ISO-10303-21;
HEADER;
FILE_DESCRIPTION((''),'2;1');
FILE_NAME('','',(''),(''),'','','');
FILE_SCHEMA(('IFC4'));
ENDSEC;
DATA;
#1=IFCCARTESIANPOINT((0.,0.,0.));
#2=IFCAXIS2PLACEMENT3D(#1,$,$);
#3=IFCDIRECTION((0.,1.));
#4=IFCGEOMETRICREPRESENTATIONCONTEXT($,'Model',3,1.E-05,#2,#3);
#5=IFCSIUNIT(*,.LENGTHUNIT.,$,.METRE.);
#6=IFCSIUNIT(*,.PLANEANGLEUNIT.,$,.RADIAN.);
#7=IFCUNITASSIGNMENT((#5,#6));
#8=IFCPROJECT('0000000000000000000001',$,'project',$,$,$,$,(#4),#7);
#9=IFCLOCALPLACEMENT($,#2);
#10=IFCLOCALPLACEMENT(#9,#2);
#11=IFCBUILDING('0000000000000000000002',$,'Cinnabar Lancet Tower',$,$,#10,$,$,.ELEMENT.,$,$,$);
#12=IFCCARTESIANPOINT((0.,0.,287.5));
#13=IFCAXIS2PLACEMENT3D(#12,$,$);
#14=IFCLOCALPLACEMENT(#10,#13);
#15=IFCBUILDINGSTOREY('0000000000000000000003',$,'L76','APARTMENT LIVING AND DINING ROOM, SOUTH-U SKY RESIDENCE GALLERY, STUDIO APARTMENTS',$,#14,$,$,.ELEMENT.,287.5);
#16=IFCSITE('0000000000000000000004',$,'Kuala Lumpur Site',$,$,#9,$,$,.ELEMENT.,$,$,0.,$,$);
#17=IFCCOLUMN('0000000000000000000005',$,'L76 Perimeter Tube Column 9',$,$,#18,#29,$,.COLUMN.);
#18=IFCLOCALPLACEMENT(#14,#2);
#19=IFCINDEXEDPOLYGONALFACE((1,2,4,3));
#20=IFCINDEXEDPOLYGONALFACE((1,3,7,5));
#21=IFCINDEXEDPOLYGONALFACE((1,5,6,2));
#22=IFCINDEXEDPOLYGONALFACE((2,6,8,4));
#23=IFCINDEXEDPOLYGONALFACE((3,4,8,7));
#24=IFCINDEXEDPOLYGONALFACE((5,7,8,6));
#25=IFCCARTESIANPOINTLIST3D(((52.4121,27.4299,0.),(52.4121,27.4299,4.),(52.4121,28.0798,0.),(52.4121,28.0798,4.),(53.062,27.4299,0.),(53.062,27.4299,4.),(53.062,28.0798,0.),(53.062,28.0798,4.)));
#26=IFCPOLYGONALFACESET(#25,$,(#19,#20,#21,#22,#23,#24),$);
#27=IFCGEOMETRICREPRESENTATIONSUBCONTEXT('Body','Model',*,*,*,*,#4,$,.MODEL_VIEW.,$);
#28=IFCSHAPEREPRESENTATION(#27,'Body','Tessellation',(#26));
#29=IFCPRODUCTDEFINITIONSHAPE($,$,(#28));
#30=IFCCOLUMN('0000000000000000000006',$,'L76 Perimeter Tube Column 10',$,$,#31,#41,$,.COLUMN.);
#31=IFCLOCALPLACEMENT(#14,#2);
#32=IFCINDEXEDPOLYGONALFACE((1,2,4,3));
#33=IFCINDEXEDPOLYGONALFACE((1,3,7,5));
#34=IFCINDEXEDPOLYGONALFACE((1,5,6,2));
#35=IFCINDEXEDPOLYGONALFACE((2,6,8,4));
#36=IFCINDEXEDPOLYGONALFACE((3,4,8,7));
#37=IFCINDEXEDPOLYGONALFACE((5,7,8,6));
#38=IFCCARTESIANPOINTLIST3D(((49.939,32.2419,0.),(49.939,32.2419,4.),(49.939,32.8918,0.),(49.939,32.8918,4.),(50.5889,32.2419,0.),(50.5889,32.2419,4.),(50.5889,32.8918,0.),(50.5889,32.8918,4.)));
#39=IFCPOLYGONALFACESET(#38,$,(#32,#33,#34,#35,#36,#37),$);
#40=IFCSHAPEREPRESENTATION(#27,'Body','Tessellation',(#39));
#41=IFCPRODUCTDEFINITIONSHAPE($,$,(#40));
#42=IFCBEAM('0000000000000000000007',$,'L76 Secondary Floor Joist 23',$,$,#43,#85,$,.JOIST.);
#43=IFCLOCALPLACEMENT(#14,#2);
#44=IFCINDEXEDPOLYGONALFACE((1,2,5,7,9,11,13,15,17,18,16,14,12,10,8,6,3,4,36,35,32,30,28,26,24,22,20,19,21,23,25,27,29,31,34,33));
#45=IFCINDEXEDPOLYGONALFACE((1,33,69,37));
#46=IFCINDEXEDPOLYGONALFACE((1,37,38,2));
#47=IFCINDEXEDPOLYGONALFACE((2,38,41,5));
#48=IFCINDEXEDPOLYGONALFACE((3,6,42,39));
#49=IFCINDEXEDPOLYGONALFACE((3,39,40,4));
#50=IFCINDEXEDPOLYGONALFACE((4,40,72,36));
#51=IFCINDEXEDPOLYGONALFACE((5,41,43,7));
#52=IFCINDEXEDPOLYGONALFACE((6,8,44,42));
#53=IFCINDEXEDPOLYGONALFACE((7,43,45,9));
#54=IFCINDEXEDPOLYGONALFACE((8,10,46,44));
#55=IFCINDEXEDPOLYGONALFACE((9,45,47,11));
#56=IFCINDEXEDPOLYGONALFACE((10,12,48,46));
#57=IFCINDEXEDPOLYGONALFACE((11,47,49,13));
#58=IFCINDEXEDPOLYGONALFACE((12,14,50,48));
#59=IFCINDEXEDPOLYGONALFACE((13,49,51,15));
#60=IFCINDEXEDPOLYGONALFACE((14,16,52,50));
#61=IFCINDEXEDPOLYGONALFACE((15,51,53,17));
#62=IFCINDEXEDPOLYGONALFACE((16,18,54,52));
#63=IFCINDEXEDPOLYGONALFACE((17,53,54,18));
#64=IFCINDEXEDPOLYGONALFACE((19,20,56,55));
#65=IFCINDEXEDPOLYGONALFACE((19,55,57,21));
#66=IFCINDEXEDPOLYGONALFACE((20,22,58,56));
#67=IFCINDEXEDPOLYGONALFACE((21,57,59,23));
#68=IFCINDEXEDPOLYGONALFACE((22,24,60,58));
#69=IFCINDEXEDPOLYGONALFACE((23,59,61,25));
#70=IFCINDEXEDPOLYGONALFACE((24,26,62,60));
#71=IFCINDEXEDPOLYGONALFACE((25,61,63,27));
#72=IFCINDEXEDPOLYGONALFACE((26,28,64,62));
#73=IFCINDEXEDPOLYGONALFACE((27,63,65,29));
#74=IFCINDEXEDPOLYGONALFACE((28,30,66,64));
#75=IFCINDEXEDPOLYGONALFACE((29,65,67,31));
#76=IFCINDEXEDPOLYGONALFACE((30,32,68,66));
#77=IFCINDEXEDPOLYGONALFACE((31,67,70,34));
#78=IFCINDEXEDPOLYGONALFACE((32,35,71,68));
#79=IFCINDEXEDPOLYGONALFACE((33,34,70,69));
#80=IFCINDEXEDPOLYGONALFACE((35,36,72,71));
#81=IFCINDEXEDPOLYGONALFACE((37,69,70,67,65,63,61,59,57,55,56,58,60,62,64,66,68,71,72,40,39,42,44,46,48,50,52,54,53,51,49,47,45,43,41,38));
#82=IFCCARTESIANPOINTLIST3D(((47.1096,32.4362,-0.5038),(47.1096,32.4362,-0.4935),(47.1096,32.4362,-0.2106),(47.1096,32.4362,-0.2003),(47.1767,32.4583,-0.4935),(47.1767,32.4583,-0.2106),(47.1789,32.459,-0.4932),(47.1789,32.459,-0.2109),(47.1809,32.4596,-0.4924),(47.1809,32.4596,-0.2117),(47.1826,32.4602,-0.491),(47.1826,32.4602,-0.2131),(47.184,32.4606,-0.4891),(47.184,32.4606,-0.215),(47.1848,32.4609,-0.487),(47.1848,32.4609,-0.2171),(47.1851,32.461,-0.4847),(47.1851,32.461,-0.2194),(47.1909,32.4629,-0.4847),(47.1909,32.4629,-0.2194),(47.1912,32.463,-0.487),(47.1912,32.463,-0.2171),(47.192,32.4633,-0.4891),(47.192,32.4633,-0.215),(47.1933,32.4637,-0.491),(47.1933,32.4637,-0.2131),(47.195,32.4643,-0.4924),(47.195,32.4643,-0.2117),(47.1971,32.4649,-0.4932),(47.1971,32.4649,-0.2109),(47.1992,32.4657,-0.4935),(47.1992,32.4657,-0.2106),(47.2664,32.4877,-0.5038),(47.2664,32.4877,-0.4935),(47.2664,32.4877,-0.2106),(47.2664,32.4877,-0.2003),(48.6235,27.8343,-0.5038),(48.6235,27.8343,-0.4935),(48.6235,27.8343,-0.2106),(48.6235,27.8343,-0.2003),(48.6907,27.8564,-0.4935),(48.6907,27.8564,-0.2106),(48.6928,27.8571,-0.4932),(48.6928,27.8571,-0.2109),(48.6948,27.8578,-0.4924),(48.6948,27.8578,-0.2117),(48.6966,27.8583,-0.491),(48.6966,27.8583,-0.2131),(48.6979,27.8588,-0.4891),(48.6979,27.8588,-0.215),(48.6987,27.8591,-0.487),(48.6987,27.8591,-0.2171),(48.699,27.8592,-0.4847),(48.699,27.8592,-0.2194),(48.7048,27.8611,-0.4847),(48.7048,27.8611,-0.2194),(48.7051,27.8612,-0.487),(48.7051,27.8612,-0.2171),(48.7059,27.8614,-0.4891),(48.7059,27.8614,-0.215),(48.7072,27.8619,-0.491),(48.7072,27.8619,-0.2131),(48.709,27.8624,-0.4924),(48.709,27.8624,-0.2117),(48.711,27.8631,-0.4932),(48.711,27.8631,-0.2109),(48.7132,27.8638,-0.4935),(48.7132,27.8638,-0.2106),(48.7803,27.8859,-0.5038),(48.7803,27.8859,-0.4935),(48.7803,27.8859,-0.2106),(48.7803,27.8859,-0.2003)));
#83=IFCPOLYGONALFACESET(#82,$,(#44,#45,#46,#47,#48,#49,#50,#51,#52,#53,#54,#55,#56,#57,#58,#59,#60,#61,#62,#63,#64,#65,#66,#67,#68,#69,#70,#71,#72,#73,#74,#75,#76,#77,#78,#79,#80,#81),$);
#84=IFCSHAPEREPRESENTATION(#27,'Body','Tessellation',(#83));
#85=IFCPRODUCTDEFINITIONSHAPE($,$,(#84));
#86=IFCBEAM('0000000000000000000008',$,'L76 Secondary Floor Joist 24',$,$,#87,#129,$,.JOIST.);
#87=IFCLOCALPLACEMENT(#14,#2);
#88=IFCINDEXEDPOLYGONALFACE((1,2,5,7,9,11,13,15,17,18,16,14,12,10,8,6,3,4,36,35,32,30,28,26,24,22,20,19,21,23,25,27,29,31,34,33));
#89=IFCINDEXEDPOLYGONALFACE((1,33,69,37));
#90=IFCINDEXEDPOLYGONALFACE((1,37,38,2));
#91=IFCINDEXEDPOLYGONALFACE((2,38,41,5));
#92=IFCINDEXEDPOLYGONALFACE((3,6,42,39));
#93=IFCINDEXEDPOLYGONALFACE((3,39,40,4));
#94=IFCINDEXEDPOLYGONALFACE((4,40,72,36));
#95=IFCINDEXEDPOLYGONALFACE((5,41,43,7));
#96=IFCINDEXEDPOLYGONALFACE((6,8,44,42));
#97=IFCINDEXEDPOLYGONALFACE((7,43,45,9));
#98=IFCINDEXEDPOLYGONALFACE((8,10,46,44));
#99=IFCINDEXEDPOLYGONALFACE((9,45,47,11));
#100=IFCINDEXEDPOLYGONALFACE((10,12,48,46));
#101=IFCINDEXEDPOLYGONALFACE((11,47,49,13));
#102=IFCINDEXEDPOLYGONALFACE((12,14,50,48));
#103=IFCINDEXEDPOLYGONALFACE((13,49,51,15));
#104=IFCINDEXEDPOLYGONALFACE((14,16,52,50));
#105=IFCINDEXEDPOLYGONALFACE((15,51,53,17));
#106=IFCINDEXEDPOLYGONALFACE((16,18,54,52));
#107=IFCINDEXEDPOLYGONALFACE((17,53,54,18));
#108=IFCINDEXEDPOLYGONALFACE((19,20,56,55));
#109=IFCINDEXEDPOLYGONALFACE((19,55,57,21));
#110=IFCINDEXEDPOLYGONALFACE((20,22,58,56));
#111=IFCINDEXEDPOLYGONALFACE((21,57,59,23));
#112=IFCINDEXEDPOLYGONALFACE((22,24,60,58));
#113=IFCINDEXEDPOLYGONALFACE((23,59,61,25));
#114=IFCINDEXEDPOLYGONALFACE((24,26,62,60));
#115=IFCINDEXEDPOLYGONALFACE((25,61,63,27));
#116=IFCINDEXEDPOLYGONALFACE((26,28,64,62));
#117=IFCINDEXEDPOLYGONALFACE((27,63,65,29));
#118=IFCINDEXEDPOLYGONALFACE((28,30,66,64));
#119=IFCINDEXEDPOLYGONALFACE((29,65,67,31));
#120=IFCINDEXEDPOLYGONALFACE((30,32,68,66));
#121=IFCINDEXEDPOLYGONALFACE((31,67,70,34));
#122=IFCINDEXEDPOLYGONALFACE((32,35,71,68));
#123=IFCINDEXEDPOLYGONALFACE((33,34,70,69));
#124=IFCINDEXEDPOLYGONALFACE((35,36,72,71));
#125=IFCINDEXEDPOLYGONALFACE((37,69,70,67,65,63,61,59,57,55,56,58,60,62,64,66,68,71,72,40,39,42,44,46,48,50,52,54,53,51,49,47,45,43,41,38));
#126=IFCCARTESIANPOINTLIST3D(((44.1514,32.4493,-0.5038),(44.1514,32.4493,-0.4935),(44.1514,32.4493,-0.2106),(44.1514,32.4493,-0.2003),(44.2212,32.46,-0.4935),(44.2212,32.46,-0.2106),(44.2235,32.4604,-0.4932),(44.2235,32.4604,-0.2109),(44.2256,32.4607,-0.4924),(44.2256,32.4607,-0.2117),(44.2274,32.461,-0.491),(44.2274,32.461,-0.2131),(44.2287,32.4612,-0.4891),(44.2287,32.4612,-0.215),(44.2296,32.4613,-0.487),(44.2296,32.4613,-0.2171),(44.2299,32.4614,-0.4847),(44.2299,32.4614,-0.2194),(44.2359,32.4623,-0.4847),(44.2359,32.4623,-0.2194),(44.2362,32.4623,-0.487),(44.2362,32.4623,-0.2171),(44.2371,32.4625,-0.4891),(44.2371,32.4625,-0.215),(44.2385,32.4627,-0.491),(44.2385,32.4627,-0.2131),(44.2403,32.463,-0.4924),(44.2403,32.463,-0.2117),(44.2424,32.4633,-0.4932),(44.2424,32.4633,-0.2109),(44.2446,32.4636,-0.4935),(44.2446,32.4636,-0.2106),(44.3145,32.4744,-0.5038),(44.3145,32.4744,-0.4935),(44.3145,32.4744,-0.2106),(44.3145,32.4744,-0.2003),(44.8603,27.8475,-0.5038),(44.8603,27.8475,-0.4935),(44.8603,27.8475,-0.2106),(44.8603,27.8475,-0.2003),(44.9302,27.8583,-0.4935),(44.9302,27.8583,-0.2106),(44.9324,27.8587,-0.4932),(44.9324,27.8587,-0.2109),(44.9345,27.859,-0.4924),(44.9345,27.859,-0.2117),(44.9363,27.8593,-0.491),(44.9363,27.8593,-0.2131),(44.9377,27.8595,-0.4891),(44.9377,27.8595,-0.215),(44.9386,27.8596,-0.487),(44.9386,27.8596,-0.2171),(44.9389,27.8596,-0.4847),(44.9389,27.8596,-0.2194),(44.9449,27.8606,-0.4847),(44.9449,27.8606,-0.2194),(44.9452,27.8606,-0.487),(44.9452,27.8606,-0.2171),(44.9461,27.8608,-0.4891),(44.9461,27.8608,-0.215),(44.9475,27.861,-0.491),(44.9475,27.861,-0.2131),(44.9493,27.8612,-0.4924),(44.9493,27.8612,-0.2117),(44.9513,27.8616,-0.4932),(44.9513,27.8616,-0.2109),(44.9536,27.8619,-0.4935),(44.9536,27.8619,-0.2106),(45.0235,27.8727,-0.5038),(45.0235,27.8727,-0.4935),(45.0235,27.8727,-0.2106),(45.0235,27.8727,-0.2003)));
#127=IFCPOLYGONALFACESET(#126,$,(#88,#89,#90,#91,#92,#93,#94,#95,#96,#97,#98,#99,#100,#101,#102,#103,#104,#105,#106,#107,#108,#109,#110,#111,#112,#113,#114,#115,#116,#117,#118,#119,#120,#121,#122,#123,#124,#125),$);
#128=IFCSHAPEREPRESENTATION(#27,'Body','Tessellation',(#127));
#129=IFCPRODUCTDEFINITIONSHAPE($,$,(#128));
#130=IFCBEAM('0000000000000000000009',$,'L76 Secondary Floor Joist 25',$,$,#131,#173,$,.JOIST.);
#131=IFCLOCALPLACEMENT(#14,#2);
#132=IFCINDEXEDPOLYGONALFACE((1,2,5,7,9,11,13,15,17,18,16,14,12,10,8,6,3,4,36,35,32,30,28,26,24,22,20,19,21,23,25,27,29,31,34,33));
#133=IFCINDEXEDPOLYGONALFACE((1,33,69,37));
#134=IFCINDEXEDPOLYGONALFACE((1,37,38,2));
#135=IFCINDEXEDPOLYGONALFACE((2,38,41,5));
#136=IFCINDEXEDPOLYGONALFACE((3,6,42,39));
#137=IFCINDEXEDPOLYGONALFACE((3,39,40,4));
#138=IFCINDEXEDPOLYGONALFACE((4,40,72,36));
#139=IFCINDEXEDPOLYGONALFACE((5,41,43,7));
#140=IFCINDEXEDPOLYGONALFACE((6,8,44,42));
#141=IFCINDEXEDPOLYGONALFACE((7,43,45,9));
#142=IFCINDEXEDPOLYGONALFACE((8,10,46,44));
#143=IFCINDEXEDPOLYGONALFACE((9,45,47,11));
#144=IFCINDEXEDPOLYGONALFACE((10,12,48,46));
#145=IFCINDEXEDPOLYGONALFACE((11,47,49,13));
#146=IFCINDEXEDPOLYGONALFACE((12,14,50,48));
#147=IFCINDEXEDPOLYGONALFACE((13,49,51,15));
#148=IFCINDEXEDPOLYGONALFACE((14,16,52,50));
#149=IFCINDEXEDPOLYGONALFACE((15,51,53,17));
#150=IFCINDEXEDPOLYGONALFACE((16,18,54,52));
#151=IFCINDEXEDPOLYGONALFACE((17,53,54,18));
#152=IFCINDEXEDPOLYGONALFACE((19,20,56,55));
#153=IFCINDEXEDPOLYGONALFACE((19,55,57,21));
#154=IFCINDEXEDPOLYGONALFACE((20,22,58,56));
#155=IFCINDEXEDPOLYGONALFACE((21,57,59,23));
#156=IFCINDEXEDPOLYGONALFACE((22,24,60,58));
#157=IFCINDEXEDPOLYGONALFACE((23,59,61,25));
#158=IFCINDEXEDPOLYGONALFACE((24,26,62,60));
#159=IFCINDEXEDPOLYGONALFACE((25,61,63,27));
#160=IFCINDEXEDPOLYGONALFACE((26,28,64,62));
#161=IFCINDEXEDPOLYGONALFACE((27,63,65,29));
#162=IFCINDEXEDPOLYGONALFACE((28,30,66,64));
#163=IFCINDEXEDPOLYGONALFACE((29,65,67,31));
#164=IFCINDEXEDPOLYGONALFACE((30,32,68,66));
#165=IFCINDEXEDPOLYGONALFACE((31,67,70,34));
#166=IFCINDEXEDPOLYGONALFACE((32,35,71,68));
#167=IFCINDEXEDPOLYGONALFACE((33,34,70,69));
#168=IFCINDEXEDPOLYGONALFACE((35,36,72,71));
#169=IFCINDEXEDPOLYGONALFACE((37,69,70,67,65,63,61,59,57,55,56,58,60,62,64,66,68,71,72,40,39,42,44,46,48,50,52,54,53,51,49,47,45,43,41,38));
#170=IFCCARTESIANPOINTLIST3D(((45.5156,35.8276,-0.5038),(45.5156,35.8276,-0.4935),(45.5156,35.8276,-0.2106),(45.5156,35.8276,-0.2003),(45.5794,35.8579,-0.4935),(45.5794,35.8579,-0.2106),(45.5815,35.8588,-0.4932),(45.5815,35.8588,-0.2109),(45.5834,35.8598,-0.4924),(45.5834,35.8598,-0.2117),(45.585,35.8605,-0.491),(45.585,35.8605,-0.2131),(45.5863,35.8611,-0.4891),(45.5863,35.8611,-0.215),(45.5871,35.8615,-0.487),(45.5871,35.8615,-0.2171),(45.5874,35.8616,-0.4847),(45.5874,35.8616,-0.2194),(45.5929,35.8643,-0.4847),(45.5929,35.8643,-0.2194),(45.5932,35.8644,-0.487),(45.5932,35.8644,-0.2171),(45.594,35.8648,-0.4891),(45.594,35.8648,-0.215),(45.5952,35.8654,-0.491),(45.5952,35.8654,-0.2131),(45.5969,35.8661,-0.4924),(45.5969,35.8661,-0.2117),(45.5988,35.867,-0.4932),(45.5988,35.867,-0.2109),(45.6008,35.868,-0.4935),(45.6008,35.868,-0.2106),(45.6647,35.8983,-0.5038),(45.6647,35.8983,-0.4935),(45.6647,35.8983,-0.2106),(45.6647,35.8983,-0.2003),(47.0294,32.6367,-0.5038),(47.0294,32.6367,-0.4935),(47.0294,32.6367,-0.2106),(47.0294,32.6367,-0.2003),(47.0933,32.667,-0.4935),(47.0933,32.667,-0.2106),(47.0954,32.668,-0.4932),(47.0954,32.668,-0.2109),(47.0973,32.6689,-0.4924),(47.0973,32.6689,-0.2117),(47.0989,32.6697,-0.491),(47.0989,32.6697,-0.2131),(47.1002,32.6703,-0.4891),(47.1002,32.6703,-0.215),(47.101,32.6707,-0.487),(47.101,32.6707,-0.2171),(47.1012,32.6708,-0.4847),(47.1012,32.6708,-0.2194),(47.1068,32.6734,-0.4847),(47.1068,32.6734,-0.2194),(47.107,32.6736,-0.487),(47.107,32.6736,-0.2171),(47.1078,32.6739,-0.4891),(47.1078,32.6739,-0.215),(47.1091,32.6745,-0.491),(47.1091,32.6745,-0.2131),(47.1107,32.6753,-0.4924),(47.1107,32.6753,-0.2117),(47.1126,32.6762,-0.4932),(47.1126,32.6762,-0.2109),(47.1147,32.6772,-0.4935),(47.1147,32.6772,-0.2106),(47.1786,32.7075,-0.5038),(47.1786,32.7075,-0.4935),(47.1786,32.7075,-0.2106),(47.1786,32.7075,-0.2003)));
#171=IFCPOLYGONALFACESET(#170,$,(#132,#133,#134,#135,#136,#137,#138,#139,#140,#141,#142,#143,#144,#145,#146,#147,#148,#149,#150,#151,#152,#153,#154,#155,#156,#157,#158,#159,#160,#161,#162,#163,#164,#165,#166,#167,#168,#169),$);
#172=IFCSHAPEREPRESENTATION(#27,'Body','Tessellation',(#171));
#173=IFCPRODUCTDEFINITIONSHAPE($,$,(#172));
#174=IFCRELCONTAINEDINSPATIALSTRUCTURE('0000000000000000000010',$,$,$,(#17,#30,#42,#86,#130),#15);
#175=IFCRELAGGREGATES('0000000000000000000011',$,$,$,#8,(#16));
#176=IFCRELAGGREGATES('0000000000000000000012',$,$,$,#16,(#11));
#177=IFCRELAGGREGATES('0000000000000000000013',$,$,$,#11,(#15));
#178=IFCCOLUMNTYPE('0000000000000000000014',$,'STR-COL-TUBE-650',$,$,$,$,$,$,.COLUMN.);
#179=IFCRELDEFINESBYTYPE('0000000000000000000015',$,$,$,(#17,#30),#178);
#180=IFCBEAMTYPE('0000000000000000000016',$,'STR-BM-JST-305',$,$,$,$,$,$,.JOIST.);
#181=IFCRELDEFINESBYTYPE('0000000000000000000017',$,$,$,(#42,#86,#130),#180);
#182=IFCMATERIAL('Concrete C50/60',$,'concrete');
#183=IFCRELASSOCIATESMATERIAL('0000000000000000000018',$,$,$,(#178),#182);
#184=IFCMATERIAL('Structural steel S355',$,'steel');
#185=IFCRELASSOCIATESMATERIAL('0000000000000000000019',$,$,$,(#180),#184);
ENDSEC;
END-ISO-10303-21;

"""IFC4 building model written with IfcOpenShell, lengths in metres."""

from ifc_helpers import new_model, si_unit, direction, frame, origin, origin_2d, place, context, subcontext, project, spatial, rectangle, i_section, extrude, material, material_profile, profile_set, type_object, element, save


model = new_model("IFC4")

# Units and contexts
model_context = context("Model", 3, precision=1e-05, world=origin(), true_north=direction((0.0, 1.0)))
body_context = subcontext(model_context, "Body", "Model", "MODEL_VIEW")
ifc_project = project(units=[si_unit("LENGTHUNIT", "METRE"), si_unit("PLANEANGLEUNIT", "RADIAN")], contexts=[model_context])

# Site, building, storey
site_placement = place(None, origin())
site = spatial("IfcSite", under=ifc_project, at=site_placement, Name="Kuala Lumpur Site", CompositionType="ELEMENT", RefElevation=0.0)
building_placement = place(site_placement, origin())
building = spatial("IfcBuilding", under=site, at=building_placement, Name="Cinnabar Lancet Tower", CompositionType="ELEMENT")
storey_placement = place(building_placement, frame((0.0, 0.0, 287.5)))
storey = spatial("IfcBuildingStorey", under=building, at=storey_placement, Name="L76", Description="APARTMENT LIVING AND DINING ROOM, SOUTH-U SKY RESIDENCE GALLERY, STUDIO APARTMENTS", CompositionType="ELEMENT", Elevation=287.5)

# Columns
ifc_material_1 = material(Name="Concrete C50/60", Category="concrete")
ifc_material_profile_1 = material_profile(ifc_material_1, rectangle(XDim=0.6499, YDim=0.6499, at=origin_2d()), Name="RC-COL 650x650")
ifc_profile_set_1 = profile_set([ifc_material_profile_1], Name="Concrete C50/60")
column_type = type_object("IfcColumnType", Name="STR-COL-TUBE-650", PredefinedType="COLUMN", material=ifc_profile_set_1)
for number, where, z_axis, x_axis, name in (
    (1, (52.7371, 27.7549, 0.0), (0.0, 0.0, 1.0), (1.0, 0.0, 0.0), "L76 Perimeter Tube Column 9"),
    (2, (50.2639, 32.5669, 0.0), (0.0, 0.0, 1.0), (1.0, 0.0, 0.0), "L76 Perimeter Tube Column 10"),
):
    element("IfcColumn", number, at=place(storey_placement, frame(where, z_axis=z_axis, x_axis=x_axis)), inside=storey, type_object=column_type, Name=name, PredefinedType="COLUMN", context=body_context, shape_type="SweptSolid", body=[
        extrude(rectangle(XDim=0.6499, YDim=0.6499, at=origin_2d()), origin(), (0.0, 0.0, 1.0), 4.0),
    ])

# Beams
ifc_material_2 = material(Name="Structural steel S355", Category="steel")
ifc_material_profile_2 = material_profile(ifc_material_2, i_section(OverallWidth=0.165, OverallDepth=0.3035, WebThickness=0.0061, FlangeThickness=0.0103, FilletRadius=0.0088, at=origin_2d()), Name="UKB 305x165x40")
ifc_profile_set_2 = profile_set([ifc_material_profile_2], Name="Structural steel S355")
beam_type_1 = type_object("IfcBeamType", Name="STR-BM-JST-305", PredefinedType="JOIST", material=ifc_profile_set_2)
beam_1_placement = place(storey_placement, frame((48.7019, 27.8601, -0.3521), z_axis=(-0.312506, 0.949916, 0.0), x_axis=(-0.949916, -0.312506, 0.0)))
element("IfcBeam", 3, at=beam_1_placement, inside=storey, type_object=beam_type_1, Name="L76 Secondary Floor Joist 23", PredefinedType="JOIST", context=body_context, shape_type="SweptSolid", body=[
    extrude(i_section(OverallWidth=0.165, OverallDepth=0.3035, WebThickness=0.0061, FlangeThickness=0.0103, FilletRadius=0.0088, at=origin_2d()), origin(), (0.0, 0.0, 1.0), 4.8445),
])
beam_2_placement = place(storey_placement, frame((44.9419, 27.8601, -0.3521), z_axis=(-0.15227, 0.988339, 0.0), x_axis=(-0.988339, -0.15227, 0.0)))
element("IfcBeam", 4, at=beam_2_placement, inside=storey, type_object=beam_type_1, Name="L76 Secondary Floor Joist 24", PredefinedType="JOIST", context=body_context, shape_type="SweptSolid", body=[
    extrude(i_section(OverallWidth=0.165, OverallDepth=0.3035, WebThickness=0.0061, FlangeThickness=0.0103, FilletRadius=0.0088, at=origin_2d()), origin(), (0.0, 0.0, 1.0), 4.656),
])
beam_3_placement = place(storey_placement, frame((47.104, 32.6721, -0.3521), z_axis=(-0.428648, 0.903472, 0.0), x_axis=(-0.903472, -0.428648, 0.0)))
element("IfcBeam", 5, at=beam_3_placement, inside=storey, type_object=beam_type_1, Name="L76 Secondary Floor Joist 25", PredefinedType="JOIST", context=body_context, shape_type="SweptSolid", body=[
    extrude(i_section(OverallWidth=0.165, OverallDepth=0.3035, WebThickness=0.0061, FlangeThickness=0.0103, FilletRadius=0.0088, at=origin_2d()), origin(), (0.0, 0.0, 1.0), 3.5317),
])

save(model, "model.ifc")
